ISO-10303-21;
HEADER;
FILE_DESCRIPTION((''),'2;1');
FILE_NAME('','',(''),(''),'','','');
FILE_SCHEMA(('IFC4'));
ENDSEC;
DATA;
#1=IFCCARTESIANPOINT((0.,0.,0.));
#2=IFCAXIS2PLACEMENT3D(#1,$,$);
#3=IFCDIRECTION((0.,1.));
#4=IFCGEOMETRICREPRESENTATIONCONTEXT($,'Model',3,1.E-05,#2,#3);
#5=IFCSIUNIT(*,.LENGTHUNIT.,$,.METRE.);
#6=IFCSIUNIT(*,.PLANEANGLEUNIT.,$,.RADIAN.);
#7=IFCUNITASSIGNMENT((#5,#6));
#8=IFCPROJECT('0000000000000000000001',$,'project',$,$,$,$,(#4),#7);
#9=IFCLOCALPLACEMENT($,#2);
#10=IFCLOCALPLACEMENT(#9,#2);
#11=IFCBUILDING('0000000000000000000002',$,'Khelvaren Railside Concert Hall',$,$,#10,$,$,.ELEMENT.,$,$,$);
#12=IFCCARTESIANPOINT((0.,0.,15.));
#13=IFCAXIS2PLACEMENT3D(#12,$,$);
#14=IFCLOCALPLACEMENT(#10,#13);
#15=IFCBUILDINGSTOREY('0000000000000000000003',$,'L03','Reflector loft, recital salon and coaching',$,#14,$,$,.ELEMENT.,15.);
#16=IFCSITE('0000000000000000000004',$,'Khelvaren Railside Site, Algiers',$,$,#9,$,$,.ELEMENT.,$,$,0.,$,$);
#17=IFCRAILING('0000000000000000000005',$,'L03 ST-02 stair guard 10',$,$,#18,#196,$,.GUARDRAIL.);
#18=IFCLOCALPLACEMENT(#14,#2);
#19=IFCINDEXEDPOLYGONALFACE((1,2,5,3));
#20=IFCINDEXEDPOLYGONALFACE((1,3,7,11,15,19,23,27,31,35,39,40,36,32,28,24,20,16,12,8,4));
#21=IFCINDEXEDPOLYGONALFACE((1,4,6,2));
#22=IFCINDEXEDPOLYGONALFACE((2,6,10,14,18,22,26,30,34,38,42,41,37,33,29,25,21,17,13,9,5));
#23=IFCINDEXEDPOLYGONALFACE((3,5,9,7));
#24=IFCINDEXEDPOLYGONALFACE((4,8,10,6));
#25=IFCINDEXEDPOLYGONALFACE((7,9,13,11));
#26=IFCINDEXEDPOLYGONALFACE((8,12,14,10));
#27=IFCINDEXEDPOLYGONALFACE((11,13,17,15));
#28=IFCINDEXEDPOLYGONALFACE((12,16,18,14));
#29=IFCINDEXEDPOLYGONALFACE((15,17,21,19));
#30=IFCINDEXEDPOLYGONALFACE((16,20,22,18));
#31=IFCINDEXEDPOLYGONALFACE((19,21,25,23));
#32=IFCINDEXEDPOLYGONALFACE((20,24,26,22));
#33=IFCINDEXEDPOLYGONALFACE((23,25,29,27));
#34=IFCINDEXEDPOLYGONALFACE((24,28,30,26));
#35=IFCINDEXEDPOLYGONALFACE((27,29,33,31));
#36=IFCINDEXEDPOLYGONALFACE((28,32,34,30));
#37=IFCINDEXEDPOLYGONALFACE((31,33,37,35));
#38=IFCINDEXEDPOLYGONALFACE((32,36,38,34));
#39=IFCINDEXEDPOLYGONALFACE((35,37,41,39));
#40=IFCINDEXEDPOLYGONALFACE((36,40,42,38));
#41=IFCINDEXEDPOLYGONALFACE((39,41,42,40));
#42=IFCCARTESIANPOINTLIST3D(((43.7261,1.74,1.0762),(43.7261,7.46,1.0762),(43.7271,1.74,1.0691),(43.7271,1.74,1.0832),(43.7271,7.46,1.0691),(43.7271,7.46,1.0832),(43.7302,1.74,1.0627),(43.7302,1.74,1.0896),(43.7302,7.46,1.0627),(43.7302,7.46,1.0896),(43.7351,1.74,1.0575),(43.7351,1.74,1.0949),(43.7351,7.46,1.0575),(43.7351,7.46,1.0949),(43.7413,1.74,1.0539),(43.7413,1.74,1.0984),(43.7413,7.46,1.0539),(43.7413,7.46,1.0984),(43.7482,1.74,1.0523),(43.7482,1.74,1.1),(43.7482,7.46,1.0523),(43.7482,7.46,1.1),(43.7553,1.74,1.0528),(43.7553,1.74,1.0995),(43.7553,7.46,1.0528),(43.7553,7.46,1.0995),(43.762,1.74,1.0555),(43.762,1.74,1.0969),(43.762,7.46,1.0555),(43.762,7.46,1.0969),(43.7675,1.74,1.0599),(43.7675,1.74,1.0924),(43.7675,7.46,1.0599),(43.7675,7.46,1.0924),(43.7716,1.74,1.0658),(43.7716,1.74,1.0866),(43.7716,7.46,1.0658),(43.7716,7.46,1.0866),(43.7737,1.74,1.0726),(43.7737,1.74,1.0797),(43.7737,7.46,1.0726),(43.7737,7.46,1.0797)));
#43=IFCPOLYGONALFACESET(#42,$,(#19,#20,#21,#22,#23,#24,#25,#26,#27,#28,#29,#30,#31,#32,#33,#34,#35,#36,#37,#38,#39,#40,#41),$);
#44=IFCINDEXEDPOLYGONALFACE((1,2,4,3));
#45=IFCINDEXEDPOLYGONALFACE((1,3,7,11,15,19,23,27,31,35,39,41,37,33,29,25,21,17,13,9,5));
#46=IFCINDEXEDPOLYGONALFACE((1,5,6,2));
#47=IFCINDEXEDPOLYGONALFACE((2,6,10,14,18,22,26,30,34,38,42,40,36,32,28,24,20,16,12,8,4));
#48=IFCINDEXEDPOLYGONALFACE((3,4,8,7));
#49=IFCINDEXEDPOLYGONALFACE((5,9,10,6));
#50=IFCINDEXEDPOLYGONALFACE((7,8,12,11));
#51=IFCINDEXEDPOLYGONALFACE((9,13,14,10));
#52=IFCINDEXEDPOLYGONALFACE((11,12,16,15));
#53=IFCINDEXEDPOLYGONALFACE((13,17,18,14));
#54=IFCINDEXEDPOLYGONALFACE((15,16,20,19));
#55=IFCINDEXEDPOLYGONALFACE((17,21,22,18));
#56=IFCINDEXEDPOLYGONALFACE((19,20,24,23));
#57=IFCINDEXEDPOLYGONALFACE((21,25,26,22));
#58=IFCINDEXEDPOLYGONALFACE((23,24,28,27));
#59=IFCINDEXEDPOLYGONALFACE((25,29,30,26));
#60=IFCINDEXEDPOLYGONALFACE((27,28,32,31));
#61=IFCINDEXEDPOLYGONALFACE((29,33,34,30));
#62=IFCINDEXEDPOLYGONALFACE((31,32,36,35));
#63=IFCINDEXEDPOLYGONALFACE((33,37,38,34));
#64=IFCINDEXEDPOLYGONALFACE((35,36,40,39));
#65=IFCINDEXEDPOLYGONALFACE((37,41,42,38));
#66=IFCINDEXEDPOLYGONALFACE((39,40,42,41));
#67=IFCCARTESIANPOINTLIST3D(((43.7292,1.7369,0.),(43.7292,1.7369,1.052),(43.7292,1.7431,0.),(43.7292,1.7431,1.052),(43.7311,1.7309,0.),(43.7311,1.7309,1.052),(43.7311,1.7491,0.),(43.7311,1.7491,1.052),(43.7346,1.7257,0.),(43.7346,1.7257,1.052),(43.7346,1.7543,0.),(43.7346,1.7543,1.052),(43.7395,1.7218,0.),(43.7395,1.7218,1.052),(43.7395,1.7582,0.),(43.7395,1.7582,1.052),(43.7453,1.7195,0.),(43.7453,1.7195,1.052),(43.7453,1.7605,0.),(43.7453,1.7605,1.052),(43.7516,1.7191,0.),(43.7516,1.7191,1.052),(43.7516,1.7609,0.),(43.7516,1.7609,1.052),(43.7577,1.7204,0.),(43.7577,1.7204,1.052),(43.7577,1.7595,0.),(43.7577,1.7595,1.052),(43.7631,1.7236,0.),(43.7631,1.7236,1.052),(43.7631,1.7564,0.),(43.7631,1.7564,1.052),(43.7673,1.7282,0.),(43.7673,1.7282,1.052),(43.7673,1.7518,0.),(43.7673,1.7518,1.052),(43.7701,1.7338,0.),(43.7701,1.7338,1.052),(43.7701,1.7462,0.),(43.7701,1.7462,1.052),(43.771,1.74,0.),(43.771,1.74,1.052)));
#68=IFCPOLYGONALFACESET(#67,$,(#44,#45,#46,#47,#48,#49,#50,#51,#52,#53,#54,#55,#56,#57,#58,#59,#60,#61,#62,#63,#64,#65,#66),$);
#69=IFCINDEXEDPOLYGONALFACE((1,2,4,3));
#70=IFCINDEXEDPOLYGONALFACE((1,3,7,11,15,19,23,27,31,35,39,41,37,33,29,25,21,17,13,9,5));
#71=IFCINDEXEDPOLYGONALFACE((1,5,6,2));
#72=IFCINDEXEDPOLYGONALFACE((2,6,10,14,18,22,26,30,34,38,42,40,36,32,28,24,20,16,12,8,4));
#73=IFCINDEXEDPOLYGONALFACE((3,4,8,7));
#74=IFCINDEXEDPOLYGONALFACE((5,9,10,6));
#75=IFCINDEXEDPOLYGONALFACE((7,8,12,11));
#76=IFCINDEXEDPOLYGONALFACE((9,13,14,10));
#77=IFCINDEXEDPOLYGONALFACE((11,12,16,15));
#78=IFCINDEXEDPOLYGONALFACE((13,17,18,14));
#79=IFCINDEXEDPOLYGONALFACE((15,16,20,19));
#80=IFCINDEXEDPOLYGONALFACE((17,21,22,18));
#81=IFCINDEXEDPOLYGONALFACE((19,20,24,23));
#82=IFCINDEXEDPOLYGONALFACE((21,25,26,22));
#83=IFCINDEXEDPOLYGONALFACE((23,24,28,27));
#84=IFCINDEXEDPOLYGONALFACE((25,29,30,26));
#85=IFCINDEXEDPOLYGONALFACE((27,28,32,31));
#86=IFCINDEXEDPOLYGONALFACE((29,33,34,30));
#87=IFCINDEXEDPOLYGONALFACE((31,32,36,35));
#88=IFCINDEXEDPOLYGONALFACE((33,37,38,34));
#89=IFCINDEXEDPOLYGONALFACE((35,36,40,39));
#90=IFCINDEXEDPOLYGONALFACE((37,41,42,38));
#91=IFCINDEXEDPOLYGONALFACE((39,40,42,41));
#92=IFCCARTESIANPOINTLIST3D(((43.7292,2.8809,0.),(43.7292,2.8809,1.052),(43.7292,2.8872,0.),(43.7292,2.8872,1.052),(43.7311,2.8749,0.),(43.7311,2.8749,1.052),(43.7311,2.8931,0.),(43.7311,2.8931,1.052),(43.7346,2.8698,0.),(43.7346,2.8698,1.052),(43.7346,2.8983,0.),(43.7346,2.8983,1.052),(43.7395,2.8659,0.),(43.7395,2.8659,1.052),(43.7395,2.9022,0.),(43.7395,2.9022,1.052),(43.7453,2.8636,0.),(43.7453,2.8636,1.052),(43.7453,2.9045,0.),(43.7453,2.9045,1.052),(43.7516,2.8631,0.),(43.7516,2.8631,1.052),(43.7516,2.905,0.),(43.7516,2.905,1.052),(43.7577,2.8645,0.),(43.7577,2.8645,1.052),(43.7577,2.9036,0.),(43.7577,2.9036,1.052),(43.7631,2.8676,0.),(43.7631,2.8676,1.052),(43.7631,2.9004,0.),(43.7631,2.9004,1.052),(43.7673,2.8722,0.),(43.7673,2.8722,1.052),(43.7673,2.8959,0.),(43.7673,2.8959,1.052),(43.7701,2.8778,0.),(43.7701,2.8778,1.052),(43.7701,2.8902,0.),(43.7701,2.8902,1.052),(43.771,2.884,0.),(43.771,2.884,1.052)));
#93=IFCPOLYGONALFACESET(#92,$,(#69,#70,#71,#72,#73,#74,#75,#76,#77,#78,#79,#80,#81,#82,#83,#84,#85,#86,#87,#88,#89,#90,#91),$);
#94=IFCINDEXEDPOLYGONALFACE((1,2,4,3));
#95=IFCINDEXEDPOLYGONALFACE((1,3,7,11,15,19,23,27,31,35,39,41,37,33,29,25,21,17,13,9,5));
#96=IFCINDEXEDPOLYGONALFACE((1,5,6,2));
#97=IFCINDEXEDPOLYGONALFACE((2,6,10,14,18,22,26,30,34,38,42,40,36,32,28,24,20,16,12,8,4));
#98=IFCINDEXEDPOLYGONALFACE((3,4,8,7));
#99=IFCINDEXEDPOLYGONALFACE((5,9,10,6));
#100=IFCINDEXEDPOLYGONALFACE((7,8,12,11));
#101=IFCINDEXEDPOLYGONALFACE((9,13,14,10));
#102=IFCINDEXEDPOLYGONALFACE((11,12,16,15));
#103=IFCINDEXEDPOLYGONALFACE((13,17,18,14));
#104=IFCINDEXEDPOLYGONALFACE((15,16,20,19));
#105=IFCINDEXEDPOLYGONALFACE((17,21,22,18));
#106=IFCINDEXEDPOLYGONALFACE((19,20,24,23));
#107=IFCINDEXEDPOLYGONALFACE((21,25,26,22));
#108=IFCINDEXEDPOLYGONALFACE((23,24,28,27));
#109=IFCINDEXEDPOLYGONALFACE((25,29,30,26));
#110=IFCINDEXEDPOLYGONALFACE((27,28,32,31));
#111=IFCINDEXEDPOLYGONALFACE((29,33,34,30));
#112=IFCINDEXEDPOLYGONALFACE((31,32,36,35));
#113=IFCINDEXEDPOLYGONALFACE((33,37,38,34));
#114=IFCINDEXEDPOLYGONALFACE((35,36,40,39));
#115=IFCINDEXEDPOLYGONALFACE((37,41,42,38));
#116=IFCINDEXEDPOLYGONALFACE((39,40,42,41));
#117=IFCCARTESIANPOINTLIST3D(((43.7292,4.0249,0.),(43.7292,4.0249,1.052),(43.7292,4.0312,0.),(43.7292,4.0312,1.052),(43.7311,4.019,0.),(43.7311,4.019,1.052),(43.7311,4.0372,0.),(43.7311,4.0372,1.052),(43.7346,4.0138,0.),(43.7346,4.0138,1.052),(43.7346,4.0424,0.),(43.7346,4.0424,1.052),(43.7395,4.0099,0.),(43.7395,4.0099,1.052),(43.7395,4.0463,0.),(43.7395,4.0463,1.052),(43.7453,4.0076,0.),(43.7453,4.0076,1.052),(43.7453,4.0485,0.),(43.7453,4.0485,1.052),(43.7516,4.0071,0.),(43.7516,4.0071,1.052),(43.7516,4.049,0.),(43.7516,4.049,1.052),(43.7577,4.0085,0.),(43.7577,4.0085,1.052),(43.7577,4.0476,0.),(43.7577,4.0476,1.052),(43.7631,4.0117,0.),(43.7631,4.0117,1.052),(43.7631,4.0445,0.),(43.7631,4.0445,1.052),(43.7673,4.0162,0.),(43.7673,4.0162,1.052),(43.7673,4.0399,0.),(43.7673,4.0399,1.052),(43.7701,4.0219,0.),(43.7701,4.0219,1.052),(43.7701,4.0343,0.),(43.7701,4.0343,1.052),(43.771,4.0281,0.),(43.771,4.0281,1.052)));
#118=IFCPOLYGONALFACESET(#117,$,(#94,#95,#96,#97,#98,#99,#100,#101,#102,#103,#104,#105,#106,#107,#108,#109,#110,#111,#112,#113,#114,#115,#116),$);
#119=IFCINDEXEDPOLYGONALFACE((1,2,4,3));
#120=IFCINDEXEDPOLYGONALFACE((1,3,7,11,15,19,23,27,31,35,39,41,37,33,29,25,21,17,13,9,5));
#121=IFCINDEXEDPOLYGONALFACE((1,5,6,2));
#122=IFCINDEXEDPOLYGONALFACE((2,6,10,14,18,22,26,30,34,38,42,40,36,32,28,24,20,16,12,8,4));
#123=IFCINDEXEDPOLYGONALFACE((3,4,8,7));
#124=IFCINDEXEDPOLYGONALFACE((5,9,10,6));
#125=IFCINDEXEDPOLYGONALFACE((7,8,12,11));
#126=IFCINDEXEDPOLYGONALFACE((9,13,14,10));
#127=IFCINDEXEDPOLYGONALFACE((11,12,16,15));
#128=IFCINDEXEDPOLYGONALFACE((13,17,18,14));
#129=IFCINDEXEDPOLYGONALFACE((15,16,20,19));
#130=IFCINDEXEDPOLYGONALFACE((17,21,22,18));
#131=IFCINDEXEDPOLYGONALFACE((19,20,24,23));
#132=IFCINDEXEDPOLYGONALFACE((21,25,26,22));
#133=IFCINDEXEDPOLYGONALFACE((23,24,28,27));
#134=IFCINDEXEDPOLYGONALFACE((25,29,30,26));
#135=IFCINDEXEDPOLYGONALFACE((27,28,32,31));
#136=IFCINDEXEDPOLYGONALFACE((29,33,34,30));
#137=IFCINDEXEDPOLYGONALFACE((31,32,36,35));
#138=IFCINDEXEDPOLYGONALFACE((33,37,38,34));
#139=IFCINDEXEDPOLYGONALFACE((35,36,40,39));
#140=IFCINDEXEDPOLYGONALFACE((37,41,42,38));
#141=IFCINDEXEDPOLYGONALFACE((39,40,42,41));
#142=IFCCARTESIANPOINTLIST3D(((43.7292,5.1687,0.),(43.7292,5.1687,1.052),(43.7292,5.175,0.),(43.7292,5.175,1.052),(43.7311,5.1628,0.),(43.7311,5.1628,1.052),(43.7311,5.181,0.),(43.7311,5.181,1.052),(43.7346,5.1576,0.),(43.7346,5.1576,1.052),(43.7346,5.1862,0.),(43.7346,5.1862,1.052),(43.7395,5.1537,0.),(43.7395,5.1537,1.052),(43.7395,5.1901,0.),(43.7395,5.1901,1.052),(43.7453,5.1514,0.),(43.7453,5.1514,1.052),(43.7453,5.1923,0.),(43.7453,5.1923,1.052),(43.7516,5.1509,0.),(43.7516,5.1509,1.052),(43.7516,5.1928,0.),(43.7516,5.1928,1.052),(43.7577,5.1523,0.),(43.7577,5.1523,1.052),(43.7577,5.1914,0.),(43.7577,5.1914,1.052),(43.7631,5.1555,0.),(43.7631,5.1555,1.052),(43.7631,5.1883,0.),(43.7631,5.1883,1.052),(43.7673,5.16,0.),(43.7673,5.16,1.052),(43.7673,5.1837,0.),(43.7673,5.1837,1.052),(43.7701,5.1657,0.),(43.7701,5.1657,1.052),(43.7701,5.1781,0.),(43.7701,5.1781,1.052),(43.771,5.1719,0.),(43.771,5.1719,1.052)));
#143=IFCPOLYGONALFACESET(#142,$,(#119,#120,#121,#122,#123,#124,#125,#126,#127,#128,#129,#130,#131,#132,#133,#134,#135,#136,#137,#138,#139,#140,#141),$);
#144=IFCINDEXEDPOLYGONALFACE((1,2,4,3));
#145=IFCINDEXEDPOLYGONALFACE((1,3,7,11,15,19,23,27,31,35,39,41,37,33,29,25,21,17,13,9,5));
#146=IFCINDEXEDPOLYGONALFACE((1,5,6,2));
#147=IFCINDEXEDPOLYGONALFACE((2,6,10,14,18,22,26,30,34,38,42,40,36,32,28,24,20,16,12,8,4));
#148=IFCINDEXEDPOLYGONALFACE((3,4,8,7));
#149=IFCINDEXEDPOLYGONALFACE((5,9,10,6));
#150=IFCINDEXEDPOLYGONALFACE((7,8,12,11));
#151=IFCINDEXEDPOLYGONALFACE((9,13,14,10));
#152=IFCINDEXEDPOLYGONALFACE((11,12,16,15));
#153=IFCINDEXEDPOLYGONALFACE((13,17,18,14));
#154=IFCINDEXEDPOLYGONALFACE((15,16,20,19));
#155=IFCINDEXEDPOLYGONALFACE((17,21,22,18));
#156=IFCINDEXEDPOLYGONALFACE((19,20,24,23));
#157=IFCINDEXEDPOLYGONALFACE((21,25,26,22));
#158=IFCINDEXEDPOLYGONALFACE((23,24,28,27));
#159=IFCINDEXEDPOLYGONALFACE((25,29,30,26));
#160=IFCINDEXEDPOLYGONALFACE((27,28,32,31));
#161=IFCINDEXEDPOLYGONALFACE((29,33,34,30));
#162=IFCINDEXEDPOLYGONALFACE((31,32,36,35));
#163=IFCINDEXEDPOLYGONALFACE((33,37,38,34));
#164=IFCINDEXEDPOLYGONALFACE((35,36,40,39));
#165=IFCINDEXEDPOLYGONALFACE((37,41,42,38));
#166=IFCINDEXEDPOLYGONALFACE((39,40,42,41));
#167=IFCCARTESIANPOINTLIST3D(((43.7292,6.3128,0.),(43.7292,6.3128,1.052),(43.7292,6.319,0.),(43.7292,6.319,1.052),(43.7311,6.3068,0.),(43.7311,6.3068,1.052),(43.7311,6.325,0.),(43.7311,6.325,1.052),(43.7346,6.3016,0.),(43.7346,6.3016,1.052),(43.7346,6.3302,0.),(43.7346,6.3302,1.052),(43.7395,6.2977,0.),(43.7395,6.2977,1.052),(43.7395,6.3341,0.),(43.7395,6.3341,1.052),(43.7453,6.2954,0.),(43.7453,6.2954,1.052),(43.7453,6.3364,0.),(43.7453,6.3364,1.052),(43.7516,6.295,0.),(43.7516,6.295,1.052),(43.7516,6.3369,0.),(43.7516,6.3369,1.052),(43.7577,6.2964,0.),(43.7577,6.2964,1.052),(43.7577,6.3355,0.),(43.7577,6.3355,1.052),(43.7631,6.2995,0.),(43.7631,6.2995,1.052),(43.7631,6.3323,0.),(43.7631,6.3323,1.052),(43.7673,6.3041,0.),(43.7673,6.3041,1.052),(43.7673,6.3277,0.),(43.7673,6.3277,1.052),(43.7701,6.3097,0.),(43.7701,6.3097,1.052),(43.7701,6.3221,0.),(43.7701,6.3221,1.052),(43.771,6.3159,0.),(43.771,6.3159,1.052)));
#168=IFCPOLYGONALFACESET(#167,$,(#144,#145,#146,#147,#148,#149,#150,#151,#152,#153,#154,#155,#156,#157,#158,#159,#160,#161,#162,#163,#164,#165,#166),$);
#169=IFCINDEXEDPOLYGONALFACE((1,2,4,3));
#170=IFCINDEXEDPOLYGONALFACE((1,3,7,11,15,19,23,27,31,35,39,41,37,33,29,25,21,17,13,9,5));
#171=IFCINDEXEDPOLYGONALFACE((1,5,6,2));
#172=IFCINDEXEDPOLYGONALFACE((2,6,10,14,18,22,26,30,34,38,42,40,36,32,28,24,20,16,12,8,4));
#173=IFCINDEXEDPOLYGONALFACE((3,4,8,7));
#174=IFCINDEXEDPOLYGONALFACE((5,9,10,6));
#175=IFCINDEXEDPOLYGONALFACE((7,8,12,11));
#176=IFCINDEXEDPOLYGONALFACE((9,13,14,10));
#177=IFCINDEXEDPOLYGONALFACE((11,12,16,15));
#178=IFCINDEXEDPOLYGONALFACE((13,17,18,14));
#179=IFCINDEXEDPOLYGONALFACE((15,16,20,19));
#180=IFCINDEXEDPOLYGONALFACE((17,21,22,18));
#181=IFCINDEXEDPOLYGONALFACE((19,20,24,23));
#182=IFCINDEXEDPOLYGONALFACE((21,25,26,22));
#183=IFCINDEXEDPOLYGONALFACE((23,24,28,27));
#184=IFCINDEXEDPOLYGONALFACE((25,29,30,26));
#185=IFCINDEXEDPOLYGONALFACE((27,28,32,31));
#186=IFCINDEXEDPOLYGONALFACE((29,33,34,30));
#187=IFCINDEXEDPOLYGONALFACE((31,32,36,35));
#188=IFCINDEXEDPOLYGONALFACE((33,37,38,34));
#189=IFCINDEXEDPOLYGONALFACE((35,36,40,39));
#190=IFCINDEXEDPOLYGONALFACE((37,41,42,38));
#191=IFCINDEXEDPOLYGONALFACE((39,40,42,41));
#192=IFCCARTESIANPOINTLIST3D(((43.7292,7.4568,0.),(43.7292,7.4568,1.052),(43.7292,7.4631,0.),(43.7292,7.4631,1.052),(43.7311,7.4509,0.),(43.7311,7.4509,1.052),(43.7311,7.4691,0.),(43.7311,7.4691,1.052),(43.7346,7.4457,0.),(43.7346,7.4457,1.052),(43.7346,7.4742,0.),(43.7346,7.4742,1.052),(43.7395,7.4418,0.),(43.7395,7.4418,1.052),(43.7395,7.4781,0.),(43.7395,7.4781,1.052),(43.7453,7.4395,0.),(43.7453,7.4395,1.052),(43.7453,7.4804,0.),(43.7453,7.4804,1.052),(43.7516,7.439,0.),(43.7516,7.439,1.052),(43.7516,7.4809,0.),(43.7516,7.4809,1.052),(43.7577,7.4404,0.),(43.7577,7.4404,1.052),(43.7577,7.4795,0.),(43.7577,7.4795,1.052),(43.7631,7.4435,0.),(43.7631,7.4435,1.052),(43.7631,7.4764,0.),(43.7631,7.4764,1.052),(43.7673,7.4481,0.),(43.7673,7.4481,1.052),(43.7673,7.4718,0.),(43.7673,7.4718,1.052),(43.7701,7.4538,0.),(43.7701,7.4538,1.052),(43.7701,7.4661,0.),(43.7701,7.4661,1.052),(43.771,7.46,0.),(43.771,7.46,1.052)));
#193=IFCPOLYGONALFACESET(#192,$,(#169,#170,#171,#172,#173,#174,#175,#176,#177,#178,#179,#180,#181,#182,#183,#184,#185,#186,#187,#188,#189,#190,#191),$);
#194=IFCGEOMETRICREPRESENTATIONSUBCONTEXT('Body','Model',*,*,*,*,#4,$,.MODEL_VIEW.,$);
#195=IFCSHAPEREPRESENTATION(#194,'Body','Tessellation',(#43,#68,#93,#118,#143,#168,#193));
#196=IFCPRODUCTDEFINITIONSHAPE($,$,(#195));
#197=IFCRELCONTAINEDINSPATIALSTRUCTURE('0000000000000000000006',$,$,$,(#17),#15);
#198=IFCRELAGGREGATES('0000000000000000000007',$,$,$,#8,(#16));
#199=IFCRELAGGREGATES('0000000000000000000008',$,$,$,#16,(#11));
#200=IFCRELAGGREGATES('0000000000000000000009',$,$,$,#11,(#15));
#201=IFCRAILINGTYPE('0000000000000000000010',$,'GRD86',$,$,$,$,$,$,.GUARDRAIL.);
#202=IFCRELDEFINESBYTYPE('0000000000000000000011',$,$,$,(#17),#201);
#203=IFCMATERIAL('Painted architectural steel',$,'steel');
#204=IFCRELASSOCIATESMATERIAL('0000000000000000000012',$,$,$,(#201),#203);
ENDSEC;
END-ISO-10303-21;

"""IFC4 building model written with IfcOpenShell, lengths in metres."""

from ifc_helpers import new_model, si_unit, direction, frame, origin, origin_2d, place, context, subcontext, project, spatial, circle, extrude, material, type_object, element, save


model = new_model("IFC4")

# Units and contexts
model_context = context("Model", 3, precision=1e-05, world=origin(), true_north=direction((0.0, 1.0)))
body_context = subcontext(model_context, "Body", "Model", "MODEL_VIEW")
ifc_project = project(units=[si_unit("LENGTHUNIT", "METRE"), si_unit("PLANEANGLEUNIT", "RADIAN")], contexts=[model_context])

# Site, building, storey
site_placement = place(None, origin())
site = spatial("IfcSite", under=ifc_project, at=site_placement, Name="Khelvaren Railside Site, Algiers", CompositionType="ELEMENT", RefElevation=0.0)
building_placement = place(site_placement, origin())
building = spatial("IfcBuilding", under=site, at=building_placement, Name="Khelvaren Railside Concert Hall", CompositionType="ELEMENT")
storey_placement = place(building_placement, frame((0.0, 0.0, 15.0)))
storey = spatial("IfcBuildingStorey", under=building, at=storey_placement, Name="L03", Description="Reflector loft, recital salon and coaching", CompositionType="ELEMENT", Elevation=15.0)

# Railing
ifc_material_1 = material(Name="Painted architectural steel", Category="steel")
railing_type_1 = type_object("IfcRailingType", Name="GRD86", PredefinedType="GUARDRAIL", material=ifc_material_1)
railing_1_placement = place(storey_placement, frame((43.75, 1.74, 0.0)))
element("IfcRailing", 1, at=railing_1_placement, inside=storey, type_object=railing_type_1, Name="L03 ST-02 stair guard 10", PredefinedType="GUARDRAIL", context=body_context, shape_type="SweptSolid", body=[
    extrude(circle(Radius=0.0239, at=origin_2d()), frame((0.0, 0.0, 1.0762), z_axis=(0.0, 1.0, 0.0), x_axis=(-1.0, 0.0, 0.0)), (0.0, 0.0, 1.0), 5.72),
    extrude(circle(Radius=0.021, at=origin_2d()), origin(), (0.0, 0.0, 1.0), 1.052),
    extrude(circle(Radius=0.021, at=origin_2d()), frame((0.0, 1.144, 0.0)), (0.0, 0.0, 1.0), 1.052),
    extrude(circle(Radius=0.021, at=origin_2d()), frame((0.0, 2.2881, 0.0)), (0.0, 0.0, 1.0), 1.052),
    extrude(circle(Radius=0.021, at=origin_2d()), frame((0.0, 3.4319, 0.0)), (0.0, 0.0, 1.0), 1.052),
    extrude(circle(Radius=0.021, at=origin_2d()), frame((0.0, 4.5759, 0.0)), (0.0, 0.0, 1.0), 1.052),
    extrude(circle(Radius=0.021, at=origin_2d()), frame((0.0, 5.72, 0.0)), (0.0, 0.0, 1.0), 1.052),
])

save(model, "model.ifc")
